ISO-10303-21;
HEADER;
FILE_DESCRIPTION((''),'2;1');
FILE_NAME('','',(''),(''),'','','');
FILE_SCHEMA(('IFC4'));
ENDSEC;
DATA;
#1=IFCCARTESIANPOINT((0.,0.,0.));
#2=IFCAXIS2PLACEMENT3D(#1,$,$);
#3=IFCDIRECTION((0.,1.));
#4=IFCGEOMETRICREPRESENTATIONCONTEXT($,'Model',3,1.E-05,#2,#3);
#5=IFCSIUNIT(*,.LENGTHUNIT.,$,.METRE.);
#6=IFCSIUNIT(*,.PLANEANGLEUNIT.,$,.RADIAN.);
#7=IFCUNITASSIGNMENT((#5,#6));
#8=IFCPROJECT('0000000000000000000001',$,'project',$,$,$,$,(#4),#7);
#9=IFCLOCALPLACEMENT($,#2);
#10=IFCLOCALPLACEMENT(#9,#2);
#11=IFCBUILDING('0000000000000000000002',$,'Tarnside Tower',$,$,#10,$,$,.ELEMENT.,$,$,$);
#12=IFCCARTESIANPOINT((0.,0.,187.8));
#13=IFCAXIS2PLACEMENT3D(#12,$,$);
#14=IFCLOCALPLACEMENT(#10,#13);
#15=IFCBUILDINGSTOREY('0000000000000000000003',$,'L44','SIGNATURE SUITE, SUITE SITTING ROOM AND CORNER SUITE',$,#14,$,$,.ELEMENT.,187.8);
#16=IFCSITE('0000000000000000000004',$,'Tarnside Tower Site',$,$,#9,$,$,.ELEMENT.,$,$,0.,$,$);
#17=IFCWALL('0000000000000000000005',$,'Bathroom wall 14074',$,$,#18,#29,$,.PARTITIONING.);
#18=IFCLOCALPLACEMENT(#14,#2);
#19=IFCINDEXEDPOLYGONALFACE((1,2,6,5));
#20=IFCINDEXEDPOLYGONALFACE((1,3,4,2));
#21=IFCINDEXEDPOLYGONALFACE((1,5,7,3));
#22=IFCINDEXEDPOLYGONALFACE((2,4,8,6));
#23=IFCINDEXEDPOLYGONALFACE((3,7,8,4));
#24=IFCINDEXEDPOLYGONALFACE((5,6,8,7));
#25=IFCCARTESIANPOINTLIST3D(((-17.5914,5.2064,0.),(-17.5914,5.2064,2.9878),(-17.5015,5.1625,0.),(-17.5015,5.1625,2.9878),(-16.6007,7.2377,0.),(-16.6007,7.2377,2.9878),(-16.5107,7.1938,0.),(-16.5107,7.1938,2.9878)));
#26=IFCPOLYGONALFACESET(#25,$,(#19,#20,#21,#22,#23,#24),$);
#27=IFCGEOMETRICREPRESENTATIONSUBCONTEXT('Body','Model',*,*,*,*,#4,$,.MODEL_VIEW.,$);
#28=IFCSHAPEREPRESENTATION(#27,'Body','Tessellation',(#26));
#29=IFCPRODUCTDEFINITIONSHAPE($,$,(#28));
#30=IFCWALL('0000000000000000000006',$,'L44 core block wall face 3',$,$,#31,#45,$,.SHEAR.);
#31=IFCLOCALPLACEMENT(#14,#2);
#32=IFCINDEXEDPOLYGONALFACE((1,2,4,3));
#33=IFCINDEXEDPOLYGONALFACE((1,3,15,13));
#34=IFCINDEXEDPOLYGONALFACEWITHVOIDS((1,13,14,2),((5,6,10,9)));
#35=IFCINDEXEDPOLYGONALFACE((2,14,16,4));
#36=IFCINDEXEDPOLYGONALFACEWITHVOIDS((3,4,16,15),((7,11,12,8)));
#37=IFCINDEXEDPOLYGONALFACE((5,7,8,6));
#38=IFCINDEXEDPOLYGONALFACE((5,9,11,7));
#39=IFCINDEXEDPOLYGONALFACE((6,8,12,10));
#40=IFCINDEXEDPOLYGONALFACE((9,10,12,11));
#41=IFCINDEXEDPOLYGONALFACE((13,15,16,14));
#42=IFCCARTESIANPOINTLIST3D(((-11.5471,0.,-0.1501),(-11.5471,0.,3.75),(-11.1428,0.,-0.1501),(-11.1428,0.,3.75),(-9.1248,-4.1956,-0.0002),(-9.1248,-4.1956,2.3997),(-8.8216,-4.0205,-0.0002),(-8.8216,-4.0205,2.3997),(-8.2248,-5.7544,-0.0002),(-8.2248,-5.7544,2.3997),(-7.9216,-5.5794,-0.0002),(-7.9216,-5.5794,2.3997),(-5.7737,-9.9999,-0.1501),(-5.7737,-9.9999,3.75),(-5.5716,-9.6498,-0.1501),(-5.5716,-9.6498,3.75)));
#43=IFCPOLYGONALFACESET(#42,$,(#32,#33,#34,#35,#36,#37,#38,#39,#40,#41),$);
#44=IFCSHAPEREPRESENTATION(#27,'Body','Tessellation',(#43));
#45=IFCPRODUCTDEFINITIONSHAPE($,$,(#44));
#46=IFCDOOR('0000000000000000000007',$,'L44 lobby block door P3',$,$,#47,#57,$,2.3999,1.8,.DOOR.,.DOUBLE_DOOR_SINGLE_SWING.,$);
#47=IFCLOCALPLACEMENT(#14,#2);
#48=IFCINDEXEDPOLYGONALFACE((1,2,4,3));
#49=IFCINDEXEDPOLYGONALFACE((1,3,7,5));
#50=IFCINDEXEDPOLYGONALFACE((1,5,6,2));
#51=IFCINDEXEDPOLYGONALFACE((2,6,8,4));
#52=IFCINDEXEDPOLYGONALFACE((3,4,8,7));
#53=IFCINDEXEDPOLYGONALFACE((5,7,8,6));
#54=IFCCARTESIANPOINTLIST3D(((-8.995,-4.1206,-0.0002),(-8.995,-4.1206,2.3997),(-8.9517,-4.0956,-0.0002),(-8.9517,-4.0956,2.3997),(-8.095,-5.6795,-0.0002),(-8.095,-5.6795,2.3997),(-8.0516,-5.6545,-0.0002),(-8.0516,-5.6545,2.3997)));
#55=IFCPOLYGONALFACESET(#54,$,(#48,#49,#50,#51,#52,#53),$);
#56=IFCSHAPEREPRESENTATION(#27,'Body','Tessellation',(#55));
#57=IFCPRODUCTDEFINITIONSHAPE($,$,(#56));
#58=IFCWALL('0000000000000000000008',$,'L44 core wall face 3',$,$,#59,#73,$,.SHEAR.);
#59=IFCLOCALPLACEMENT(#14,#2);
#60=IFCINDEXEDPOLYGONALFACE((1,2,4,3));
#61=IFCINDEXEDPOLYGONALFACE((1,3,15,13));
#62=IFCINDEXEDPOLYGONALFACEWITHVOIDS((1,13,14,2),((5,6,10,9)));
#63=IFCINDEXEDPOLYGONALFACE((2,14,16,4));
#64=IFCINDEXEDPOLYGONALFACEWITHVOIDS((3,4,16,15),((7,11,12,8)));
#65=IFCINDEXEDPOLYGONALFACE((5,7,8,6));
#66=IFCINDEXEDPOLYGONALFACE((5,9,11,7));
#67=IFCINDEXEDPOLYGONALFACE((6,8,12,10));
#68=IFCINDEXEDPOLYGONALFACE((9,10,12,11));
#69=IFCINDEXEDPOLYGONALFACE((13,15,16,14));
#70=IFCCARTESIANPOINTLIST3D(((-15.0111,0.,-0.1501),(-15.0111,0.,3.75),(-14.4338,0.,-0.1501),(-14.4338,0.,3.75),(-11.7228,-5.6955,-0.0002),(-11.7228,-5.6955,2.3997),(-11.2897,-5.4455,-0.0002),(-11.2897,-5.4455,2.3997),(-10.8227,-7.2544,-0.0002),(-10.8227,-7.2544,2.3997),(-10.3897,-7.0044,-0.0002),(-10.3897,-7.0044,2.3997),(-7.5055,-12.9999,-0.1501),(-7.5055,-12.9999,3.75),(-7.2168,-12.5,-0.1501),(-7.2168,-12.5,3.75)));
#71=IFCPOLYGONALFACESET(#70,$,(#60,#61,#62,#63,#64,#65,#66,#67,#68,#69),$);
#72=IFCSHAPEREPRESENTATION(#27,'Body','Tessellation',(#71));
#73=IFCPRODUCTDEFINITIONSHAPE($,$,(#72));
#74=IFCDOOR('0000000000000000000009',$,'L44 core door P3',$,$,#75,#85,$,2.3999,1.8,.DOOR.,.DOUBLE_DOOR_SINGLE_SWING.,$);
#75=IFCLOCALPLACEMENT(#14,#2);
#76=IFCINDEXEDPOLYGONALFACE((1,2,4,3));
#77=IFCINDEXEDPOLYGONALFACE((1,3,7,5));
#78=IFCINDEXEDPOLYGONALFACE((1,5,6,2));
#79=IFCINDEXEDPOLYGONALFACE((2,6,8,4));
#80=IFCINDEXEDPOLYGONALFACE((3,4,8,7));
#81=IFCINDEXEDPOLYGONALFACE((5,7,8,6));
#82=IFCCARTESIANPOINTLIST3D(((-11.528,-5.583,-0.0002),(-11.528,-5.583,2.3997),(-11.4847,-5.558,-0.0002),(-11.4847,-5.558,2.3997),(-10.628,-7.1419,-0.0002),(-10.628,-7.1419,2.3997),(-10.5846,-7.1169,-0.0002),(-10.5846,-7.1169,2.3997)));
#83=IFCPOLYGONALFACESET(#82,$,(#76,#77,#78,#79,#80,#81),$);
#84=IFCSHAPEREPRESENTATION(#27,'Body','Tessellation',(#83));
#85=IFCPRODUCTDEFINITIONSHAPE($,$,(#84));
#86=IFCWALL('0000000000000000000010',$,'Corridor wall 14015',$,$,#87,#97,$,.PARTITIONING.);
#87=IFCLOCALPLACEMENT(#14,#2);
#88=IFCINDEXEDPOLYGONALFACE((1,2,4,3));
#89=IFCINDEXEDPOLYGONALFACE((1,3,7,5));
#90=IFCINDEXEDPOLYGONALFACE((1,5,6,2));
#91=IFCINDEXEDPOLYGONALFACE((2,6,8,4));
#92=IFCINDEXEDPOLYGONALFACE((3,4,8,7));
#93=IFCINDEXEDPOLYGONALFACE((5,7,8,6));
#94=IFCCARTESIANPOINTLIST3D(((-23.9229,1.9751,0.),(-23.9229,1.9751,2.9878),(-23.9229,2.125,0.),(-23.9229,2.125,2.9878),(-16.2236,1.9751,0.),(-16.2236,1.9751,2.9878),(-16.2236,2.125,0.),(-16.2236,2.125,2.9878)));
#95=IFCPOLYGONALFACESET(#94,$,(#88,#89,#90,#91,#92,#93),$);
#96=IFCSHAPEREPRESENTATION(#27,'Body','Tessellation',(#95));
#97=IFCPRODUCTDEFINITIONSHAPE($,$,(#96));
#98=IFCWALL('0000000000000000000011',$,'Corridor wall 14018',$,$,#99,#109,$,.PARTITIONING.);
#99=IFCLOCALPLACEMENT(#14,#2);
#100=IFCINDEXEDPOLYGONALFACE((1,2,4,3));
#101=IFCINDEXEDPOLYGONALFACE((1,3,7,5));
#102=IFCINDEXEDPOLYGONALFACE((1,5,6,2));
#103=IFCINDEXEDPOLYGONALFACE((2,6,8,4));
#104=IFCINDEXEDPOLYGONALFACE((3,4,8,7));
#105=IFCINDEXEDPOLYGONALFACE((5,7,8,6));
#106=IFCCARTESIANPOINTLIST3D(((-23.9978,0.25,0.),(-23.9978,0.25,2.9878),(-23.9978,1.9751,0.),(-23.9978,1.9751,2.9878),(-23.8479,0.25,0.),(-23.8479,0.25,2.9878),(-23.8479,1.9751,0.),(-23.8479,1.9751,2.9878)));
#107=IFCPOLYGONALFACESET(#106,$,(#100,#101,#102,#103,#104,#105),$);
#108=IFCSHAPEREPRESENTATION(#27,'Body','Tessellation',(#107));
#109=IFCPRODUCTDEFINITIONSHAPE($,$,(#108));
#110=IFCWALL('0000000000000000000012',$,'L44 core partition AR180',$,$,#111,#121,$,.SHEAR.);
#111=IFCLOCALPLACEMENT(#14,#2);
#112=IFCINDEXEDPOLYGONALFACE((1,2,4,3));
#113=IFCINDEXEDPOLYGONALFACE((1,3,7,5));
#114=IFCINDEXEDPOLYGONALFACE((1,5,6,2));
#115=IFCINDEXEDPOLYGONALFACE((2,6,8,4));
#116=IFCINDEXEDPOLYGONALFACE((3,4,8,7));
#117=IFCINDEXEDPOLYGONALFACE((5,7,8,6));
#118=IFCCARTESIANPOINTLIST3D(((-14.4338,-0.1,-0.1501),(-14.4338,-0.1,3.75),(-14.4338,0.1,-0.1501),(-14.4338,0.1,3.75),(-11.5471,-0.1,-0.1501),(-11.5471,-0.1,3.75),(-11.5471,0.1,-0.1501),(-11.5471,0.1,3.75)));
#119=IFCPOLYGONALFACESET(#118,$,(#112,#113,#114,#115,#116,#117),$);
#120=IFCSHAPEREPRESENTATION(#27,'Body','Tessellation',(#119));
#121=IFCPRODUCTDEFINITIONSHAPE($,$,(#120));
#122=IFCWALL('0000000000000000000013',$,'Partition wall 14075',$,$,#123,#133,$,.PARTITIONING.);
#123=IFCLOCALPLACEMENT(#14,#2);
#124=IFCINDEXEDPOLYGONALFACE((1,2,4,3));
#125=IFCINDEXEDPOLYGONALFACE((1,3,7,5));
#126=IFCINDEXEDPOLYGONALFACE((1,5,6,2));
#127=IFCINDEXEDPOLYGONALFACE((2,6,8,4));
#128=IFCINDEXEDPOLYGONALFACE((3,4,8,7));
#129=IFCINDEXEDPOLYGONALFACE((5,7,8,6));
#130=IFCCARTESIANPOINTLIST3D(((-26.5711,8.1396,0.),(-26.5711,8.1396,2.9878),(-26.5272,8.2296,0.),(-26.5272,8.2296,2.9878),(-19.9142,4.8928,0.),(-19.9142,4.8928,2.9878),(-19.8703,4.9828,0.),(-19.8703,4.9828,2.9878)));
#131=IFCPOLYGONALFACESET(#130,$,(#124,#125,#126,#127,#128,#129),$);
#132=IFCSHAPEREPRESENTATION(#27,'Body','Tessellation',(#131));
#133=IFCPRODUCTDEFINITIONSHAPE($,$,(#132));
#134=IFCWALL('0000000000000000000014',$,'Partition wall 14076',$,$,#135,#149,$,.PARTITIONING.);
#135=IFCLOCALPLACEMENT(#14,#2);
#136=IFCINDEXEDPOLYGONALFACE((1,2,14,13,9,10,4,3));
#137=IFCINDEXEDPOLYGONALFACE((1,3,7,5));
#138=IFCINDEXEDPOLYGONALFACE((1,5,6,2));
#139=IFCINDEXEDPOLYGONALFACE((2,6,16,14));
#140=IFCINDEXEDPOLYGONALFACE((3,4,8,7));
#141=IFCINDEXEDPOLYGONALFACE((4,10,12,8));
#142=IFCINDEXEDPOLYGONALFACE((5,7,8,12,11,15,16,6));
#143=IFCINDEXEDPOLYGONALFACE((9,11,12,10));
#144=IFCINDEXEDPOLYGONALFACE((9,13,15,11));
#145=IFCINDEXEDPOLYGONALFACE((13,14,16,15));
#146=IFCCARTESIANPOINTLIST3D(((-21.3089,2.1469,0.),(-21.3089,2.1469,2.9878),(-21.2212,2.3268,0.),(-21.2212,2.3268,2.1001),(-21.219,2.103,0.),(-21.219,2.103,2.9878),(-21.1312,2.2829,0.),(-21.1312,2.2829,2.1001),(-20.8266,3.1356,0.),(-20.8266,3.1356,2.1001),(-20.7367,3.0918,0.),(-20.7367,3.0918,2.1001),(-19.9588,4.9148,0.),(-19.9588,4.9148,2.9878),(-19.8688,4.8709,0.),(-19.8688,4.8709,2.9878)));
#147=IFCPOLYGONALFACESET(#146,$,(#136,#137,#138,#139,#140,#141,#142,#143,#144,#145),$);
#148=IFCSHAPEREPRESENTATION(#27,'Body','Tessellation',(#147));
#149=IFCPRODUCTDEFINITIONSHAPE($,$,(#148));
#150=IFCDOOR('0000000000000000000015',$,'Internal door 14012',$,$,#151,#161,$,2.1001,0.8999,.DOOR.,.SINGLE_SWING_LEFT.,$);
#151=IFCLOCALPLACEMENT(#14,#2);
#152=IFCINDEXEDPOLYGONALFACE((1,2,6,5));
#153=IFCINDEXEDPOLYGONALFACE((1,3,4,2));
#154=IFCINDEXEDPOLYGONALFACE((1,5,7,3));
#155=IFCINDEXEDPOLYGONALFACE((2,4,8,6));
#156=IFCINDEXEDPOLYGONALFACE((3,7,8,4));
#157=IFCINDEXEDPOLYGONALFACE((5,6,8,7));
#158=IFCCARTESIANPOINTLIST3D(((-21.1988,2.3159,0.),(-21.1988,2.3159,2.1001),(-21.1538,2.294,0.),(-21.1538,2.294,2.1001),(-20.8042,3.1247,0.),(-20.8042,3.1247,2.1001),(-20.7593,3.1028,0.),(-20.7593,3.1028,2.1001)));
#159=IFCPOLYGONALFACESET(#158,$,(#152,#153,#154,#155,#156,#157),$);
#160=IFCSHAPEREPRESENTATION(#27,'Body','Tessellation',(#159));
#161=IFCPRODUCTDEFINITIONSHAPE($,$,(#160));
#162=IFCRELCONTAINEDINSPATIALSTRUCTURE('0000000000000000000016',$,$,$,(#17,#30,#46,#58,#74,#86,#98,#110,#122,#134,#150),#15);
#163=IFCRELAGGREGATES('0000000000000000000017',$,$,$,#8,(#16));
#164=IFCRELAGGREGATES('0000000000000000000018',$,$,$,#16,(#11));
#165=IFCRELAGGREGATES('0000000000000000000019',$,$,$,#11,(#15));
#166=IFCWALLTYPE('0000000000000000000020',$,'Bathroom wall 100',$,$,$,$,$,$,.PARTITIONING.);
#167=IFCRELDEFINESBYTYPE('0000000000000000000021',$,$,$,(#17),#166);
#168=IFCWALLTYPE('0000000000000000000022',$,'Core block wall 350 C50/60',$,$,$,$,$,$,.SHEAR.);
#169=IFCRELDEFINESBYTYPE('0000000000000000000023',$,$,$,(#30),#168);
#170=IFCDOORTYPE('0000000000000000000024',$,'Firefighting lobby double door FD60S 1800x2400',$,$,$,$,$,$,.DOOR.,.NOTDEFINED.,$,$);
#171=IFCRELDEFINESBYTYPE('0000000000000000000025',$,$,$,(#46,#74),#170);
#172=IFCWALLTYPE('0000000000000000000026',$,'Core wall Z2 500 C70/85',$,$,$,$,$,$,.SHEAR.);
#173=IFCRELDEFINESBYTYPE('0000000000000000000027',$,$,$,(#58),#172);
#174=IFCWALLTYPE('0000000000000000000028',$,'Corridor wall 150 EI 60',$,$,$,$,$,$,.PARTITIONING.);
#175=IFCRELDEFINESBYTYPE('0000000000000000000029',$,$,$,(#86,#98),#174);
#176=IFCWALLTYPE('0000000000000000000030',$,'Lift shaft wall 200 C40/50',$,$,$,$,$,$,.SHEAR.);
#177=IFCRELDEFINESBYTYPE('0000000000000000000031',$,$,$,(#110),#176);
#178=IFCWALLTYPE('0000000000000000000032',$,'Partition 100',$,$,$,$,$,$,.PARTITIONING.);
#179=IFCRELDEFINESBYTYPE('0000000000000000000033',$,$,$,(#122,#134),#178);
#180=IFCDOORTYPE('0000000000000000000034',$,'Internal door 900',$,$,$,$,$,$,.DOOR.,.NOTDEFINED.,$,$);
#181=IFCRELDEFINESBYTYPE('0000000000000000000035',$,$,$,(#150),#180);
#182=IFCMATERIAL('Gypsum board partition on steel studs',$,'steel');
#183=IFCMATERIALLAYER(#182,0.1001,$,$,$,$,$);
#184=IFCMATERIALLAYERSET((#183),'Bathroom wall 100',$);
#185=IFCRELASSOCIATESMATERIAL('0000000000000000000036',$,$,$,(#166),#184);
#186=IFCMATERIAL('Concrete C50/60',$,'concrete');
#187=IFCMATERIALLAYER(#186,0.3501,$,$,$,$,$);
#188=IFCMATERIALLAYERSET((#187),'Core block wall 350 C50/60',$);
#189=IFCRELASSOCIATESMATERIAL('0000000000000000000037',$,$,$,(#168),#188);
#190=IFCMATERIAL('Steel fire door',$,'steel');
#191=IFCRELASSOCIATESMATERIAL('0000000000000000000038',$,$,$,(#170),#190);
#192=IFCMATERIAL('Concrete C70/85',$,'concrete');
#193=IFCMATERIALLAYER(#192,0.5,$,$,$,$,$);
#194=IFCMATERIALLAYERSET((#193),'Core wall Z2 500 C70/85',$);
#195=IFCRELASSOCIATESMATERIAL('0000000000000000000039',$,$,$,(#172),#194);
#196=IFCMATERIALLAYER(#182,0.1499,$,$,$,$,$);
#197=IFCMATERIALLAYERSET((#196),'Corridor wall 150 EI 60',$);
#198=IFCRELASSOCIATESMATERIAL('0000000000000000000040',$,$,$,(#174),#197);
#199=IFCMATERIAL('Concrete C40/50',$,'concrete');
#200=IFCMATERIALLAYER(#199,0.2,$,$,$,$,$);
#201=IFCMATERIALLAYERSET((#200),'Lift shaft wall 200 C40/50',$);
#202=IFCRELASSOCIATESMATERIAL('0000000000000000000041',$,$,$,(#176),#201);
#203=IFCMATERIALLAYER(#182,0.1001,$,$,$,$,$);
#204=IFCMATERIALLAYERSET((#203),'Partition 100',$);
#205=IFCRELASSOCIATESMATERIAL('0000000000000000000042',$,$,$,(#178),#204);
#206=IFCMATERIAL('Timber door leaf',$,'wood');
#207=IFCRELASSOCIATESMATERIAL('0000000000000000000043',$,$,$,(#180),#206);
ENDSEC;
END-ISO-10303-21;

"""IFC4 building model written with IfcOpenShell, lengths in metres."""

from ifc_helpers import new_model, si_unit, direction, frame, frame_2d, origin, place, context, subcontext, project, spatial, polyline, rectangle, outline, extrude, material, layer, layer_set, type_object, element, fill, save


model = new_model("IFC4")

# Units and contexts
model_context = context("Model", 3, precision=1e-05, world=origin(), true_north=direction((0.0, 1.0)))
body_context = subcontext(model_context, "Body", "Model", "MODEL_VIEW")
ifc_project = project(units=[si_unit("LENGTHUNIT", "METRE"), si_unit("PLANEANGLEUNIT", "RADIAN")], contexts=[model_context])

# Site, building, storey
site_placement = place(None, origin())
site = spatial("IfcSite", under=ifc_project, at=site_placement, Name="Tarnside Tower Site", CompositionType="ELEMENT", RefElevation=0.0)
building_placement = place(site_placement, origin())
building = spatial("IfcBuilding", under=site, at=building_placement, Name="Tarnside Tower", CompositionType="ELEMENT")
storey_placement = place(building_placement, frame((0.0, 0.0, 187.8)))
storey = spatial("IfcBuildingStorey", under=building, at=storey_placement, Name="L44", Description="SIGNATURE SUITE, SUITE SITTING ROOM AND CORNER SUITE", CompositionType="ELEMENT", Elevation=187.8)

# Shared definitions
ifc_material_1 = material(Name="Gypsum board partition on steel studs", Category="steel")
ifc_layer_1 = layer(ifc_material_1, 0.1001)
ifc_layer_set_1 = layer_set([ifc_layer_1], Name="Bathroom wall 100")
wall_type_1 = type_object("IfcWallType", Name="Bathroom wall 100", PredefinedType="PARTITIONING", material=ifc_layer_set_1)

# Shared definitions
ifc_material_2 = material(Name="Timber door leaf", Category="wood")

# Wall
wall_1_placement = place(storey_placement, frame((-17.5464, 5.1846, 0.0), z_axis=(0.0, 0.0, 1.0), x_axis=(0.438377, 0.898791, 0.0)))
element("IfcWall", 1, at=wall_1_placement, inside=storey, type_object=wall_type_1, Name="Bathroom wall 14074", PredefinedType="PARTITIONING", context=body_context, shape_type="SweptSolid", body=[
    extrude(rectangle(XDim=2.26, YDim=0.1001, at=frame_2d((1.1299, 0.0))), origin(), (0.0, 0.0, 1.0), 2.9878),
])

# Walls, openings, doors
ifc_material_3 = material(Name="Concrete C50/60", Category="concrete")
ifc_layer_2 = layer(ifc_material_3, 0.3501)
ifc_layer_set_2 = layer_set([ifc_layer_2], Name="Core block wall 350 C50/60")
wall_type_2 = type_object("IfcWallType", Name="Core block wall 350 C50/60", PredefinedType="SHEAR", material=ifc_layer_set_2)
wall_2_placement = place(storey_placement, frame((-11.345, 0.0, -0.1501), z_axis=(0.0, 0.0, 1.0), x_axis=(0.499995, -0.866028, 0.0)))
wall_2 = element("IfcWall", 2, at=wall_2_placement, inside=storey, type_object=wall_type_2, Name="L44 core block wall face 3", PredefinedType="SHEAR", context=body_context, shape_type="SweptSolid", body=[
    extrude(outline(polyline([(-0.1011, -0.175), (11.4458, -0.175), (11.2437, 0.175), (0.1011, 0.175), (-0.1011, -0.175)])), origin(), (0.0, 0.0, 1.0), 3.9001),
])
opening_1_placement = place(wall_2_placement, frame((4.7437, 0.0, 0.1499)))
opening_1 = element("IfcOpeningElement", 3, at=opening_1_placement, cuts=wall_2, PredefinedType="OPENING", context=body_context, shape_type="SweptSolid", body=[
    extrude(rectangle(XDim=1.8, YDim=2.3999, at=frame_2d((0.8999, 1.2))), frame((0.0, 0.1851, 0.0), z_axis=(0.0, -1.0, 0.0), x_axis=(1.0, 0.0, 0.0)), (0.0, 0.0, 1.0), 0.3701),
])
ifc_material_4 = material(Name="Steel fire door", Category="steel")
door_type_1 = type_object("IfcDoorType", Name="Firefighting lobby double door FD60S 1800x2400", OperationType="NOTDEFINED", PredefinedType="DOOR", material=ifc_material_4)
door_1_placement = place(opening_1_placement, origin())
door_1 = element("IfcDoor", 4, at=door_1_placement, inside=storey, type_object=door_type_1, Name="L44 lobby block door P3", OperationType="DOUBLE_DOOR_SINGLE_SWING", OverallHeight=2.3999, OverallWidth=1.8, PredefinedType="DOOR", context=body_context, shape_type="SweptSolid", body=[
    extrude(rectangle(XDim=1.8, YDim=2.3999, at=frame_2d((0.8999, 1.2))), frame((0.0, 0.0249, 0.0), z_axis=(0.0, -1.0, 0.0), x_axis=(1.0, 0.0, 0.0)), (0.0, 0.0, 1.0), 0.05),
])
fill(opening_1, door_1)
ifc_material_5 = material(Name="Concrete C70/85", Category="concrete")
ifc_layer_3 = layer(ifc_material_5, 0.5)
ifc_layer_set_3 = layer_set([ifc_layer_3], Name="Core wall Z2 500 C70/85")
wall_type_3 = type_object("IfcWallType", Name="Core wall Z2 500 C70/85", PredefinedType="SHEAR", material=ifc_layer_set_3)
wall_3_placement = place(storey_placement, frame((-14.7224, 0.0, -0.1501), z_axis=(0.0, 0.0, 1.0), x_axis=(0.500006, -0.866022, 0.0)))
wall_3 = element("IfcWall", 5, at=wall_3_placement, inside=storey, type_object=wall_type_3, Name="L44 core wall face 3", PredefinedType="SHEAR", context=body_context, shape_type="SweptSolid", body=[
    extrude(outline(polyline([(-0.1443, -0.25), (14.8667, -0.25), (14.5781, 0.25), (0.1443, 0.25), (-0.1443, -0.25)])), origin(), (0.0, 0.0, 1.0), 3.9001),
])
opening_2_placement = place(wall_3_placement, frame((6.4324, 0.0, 0.1499)))
opening_2 = element("IfcOpeningElement", 6, at=opening_2_placement, cuts=wall_3, PredefinedType="OPENING", context=body_context, shape_type="SweptSolid", body=[
    extrude(rectangle(XDim=1.8, YDim=2.3999, at=frame_2d((0.8999, 1.2))), frame((0.0, 0.26, 0.0), z_axis=(0.0, -1.0, 0.0), x_axis=(1.0, 0.0, 0.0)), (0.0, 0.0, 1.0), 0.52),
])
door_2_placement = place(opening_2_placement, origin())
door_2 = element("IfcDoor", 7, at=door_2_placement, inside=storey, type_object=door_type_1, Name="L44 core door P3", OperationType="DOUBLE_DOOR_SINGLE_SWING", OverallHeight=2.3999, OverallWidth=1.8, PredefinedType="DOOR", context=body_context, shape_type="SweptSolid", body=[
    extrude(rectangle(XDim=1.8, YDim=2.3999, at=frame_2d((0.8999, 1.2))), frame((0.0, 0.0249, 0.0), z_axis=(0.0, -1.0, 0.0), x_axis=(1.0, 0.0, 0.0)), (0.0, 0.0, 1.0), 0.05),
])
fill(opening_2, door_2)

# Walls
ifc_layer_4 = layer(ifc_material_1, 0.1499)
ifc_layer_set_4 = layer_set([ifc_layer_4], Name="Corridor wall 150 EI 60")
wall_type_4 = type_object("IfcWallType", Name="Corridor wall 150 EI 60", PredefinedType="PARTITIONING", material=ifc_layer_set_4)
wall_4_placement = place(storey_placement, frame((-16.2236, 2.05, 0.0), z_axis=(0.0, 0.0, 1.0), x_axis=(-1.0, 0.0, 0.0)))
element("IfcWall", 8, at=wall_4_placement, inside=storey, type_object=wall_type_4, Name="Corridor wall 14015", PredefinedType="PARTITIONING", context=body_context, shape_type="SweptSolid", body=[
    extrude(rectangle(XDim=7.6992, YDim=0.1499, at=frame_2d((3.8496, 0.0))), origin(), (0.0, 0.0, 1.0), 2.9878),
])
wall_5_placement = place(storey_placement, frame((-23.9229, 1.9751, 0.0), z_axis=(0.0, 0.0, 1.0), x_axis=(0.0, -1.0, 0.0)))
element("IfcWall", 9, at=wall_5_placement, inside=storey, type_object=wall_type_4, Name="Corridor wall 14018", PredefinedType="PARTITIONING", context=body_context, shape_type="SweptSolid", body=[
    extrude(rectangle(XDim=1.7251, YDim=0.1499, at=frame_2d((0.8625, 0.0))), origin(), (0.0, 0.0, 1.0), 2.9878),
])
ifc_material_6 = material(Name="Concrete C40/50", Category="concrete")
ifc_layer_5 = layer(ifc_material_6, 0.2)
ifc_layer_set_5 = layer_set([ifc_layer_5], Name="Lift shaft wall 200 C40/50")
wall_type_5 = type_object("IfcWallType", Name="Lift shaft wall 200 C40/50", PredefinedType="SHEAR", material=ifc_layer_set_5)
wall_6_placement = place(storey_placement, frame((-11.5471, 0.0, -0.1501), z_axis=(0.0, 0.0, 1.0), x_axis=(-1.0, 0.0, 0.0)))
element("IfcWall", 10, at=wall_6_placement, inside=storey, type_object=wall_type_5, Name="L44 core partition AR180", PredefinedType="SHEAR", context=body_context, shape_type="SweptSolid", body=[
    extrude(rectangle(XDim=2.8867, YDim=0.2, at=frame_2d((1.4434, 0.0))), origin(), (0.0, 0.0, 1.0), 3.9001),
])
ifc_layer_6 = layer(ifc_material_1, 0.1001)
ifc_layer_set_6 = layer_set([ifc_layer_6], Name="Partition 100")
wall_type_6 = type_object("IfcWallType", Name="Partition 100", PredefinedType="PARTITIONING", material=ifc_layer_set_6)
wall_7_placement = place(storey_placement, frame((-26.5491, 8.1846, 0.0), z_axis=(0.0, 0.0, 1.0), x_axis=(0.898794, -0.438371, 0.0)))
element("IfcWall", 11, at=wall_7_placement, inside=storey, type_object=wall_type_6, Name="Partition wall 14075", PredefinedType="PARTITIONING", context=body_context, shape_type="SweptSolid", body=[
    extrude(rectangle(XDim=7.4065, YDim=0.1001, at=frame_2d((3.7031, 0.0))), origin(), (0.0, 0.0, 1.0), 2.9878),
])

# Wall, opening, door
wall_8_placement = place(storey_placement, frame((-19.9138, 4.8928, 0.0), z_axis=(0.0, 0.0, 1.0), x_axis=(-0.438408, -0.898776, 0.0)))
wall_8 = element("IfcWall", 12, at=wall_8_placement, inside=storey, type_object=wall_type_6, Name="Partition wall 14076", PredefinedType="PARTITIONING", context=body_context, shape_type="SweptSolid", body=[
    extrude(rectangle(XDim=3.0796, YDim=0.1001, at=frame_2d((1.5398, 0.0))), origin(), (0.0, 0.0, 1.0), 2.9878),
])
opening_3_placement = place(wall_8_placement, frame((1.9795, 0.0, 0.0)))
opening_3 = element("IfcOpeningElement", 13, at=opening_3_placement, cuts=wall_8, PredefinedType="OPENING", context=body_context, shape_type="SweptSolid", body=[
    extrude(rectangle(XDim=0.8999, YDim=2.1001, at=frame_2d((0.45, 1.05))), frame((0.0, 0.0601, 0.0), z_axis=(0.0, -1.0, 0.0), x_axis=(1.0, 0.0, 0.0)), (0.0, 0.0, 1.0), 0.1201),
])
door_type_2 = type_object("IfcDoorType", Name="Internal door 900", OperationType="NOTDEFINED", PredefinedType="DOOR", material=ifc_material_2)
door_3_placement = place(opening_3_placement, origin())
door_3 = element("IfcDoor", 14, at=door_3_placement, inside=storey, type_object=door_type_2, Name="Internal door 14012", OperationType="SINGLE_SWING_LEFT", OverallHeight=2.1001, OverallWidth=0.8999, PredefinedType="DOOR", context=body_context, shape_type="SweptSolid", body=[
    extrude(rectangle(XDim=0.8999, YDim=2.1001, at=frame_2d((0.45, 1.05))), frame((0.0, 0.0249, 0.0), z_axis=(0.0, -1.0, 0.0), x_axis=(1.0, 0.0, 0.0)), (0.0, 0.0, 1.0), 0.05),
])
fill(opening_3, door_3)

save(model, "model.ifc")
